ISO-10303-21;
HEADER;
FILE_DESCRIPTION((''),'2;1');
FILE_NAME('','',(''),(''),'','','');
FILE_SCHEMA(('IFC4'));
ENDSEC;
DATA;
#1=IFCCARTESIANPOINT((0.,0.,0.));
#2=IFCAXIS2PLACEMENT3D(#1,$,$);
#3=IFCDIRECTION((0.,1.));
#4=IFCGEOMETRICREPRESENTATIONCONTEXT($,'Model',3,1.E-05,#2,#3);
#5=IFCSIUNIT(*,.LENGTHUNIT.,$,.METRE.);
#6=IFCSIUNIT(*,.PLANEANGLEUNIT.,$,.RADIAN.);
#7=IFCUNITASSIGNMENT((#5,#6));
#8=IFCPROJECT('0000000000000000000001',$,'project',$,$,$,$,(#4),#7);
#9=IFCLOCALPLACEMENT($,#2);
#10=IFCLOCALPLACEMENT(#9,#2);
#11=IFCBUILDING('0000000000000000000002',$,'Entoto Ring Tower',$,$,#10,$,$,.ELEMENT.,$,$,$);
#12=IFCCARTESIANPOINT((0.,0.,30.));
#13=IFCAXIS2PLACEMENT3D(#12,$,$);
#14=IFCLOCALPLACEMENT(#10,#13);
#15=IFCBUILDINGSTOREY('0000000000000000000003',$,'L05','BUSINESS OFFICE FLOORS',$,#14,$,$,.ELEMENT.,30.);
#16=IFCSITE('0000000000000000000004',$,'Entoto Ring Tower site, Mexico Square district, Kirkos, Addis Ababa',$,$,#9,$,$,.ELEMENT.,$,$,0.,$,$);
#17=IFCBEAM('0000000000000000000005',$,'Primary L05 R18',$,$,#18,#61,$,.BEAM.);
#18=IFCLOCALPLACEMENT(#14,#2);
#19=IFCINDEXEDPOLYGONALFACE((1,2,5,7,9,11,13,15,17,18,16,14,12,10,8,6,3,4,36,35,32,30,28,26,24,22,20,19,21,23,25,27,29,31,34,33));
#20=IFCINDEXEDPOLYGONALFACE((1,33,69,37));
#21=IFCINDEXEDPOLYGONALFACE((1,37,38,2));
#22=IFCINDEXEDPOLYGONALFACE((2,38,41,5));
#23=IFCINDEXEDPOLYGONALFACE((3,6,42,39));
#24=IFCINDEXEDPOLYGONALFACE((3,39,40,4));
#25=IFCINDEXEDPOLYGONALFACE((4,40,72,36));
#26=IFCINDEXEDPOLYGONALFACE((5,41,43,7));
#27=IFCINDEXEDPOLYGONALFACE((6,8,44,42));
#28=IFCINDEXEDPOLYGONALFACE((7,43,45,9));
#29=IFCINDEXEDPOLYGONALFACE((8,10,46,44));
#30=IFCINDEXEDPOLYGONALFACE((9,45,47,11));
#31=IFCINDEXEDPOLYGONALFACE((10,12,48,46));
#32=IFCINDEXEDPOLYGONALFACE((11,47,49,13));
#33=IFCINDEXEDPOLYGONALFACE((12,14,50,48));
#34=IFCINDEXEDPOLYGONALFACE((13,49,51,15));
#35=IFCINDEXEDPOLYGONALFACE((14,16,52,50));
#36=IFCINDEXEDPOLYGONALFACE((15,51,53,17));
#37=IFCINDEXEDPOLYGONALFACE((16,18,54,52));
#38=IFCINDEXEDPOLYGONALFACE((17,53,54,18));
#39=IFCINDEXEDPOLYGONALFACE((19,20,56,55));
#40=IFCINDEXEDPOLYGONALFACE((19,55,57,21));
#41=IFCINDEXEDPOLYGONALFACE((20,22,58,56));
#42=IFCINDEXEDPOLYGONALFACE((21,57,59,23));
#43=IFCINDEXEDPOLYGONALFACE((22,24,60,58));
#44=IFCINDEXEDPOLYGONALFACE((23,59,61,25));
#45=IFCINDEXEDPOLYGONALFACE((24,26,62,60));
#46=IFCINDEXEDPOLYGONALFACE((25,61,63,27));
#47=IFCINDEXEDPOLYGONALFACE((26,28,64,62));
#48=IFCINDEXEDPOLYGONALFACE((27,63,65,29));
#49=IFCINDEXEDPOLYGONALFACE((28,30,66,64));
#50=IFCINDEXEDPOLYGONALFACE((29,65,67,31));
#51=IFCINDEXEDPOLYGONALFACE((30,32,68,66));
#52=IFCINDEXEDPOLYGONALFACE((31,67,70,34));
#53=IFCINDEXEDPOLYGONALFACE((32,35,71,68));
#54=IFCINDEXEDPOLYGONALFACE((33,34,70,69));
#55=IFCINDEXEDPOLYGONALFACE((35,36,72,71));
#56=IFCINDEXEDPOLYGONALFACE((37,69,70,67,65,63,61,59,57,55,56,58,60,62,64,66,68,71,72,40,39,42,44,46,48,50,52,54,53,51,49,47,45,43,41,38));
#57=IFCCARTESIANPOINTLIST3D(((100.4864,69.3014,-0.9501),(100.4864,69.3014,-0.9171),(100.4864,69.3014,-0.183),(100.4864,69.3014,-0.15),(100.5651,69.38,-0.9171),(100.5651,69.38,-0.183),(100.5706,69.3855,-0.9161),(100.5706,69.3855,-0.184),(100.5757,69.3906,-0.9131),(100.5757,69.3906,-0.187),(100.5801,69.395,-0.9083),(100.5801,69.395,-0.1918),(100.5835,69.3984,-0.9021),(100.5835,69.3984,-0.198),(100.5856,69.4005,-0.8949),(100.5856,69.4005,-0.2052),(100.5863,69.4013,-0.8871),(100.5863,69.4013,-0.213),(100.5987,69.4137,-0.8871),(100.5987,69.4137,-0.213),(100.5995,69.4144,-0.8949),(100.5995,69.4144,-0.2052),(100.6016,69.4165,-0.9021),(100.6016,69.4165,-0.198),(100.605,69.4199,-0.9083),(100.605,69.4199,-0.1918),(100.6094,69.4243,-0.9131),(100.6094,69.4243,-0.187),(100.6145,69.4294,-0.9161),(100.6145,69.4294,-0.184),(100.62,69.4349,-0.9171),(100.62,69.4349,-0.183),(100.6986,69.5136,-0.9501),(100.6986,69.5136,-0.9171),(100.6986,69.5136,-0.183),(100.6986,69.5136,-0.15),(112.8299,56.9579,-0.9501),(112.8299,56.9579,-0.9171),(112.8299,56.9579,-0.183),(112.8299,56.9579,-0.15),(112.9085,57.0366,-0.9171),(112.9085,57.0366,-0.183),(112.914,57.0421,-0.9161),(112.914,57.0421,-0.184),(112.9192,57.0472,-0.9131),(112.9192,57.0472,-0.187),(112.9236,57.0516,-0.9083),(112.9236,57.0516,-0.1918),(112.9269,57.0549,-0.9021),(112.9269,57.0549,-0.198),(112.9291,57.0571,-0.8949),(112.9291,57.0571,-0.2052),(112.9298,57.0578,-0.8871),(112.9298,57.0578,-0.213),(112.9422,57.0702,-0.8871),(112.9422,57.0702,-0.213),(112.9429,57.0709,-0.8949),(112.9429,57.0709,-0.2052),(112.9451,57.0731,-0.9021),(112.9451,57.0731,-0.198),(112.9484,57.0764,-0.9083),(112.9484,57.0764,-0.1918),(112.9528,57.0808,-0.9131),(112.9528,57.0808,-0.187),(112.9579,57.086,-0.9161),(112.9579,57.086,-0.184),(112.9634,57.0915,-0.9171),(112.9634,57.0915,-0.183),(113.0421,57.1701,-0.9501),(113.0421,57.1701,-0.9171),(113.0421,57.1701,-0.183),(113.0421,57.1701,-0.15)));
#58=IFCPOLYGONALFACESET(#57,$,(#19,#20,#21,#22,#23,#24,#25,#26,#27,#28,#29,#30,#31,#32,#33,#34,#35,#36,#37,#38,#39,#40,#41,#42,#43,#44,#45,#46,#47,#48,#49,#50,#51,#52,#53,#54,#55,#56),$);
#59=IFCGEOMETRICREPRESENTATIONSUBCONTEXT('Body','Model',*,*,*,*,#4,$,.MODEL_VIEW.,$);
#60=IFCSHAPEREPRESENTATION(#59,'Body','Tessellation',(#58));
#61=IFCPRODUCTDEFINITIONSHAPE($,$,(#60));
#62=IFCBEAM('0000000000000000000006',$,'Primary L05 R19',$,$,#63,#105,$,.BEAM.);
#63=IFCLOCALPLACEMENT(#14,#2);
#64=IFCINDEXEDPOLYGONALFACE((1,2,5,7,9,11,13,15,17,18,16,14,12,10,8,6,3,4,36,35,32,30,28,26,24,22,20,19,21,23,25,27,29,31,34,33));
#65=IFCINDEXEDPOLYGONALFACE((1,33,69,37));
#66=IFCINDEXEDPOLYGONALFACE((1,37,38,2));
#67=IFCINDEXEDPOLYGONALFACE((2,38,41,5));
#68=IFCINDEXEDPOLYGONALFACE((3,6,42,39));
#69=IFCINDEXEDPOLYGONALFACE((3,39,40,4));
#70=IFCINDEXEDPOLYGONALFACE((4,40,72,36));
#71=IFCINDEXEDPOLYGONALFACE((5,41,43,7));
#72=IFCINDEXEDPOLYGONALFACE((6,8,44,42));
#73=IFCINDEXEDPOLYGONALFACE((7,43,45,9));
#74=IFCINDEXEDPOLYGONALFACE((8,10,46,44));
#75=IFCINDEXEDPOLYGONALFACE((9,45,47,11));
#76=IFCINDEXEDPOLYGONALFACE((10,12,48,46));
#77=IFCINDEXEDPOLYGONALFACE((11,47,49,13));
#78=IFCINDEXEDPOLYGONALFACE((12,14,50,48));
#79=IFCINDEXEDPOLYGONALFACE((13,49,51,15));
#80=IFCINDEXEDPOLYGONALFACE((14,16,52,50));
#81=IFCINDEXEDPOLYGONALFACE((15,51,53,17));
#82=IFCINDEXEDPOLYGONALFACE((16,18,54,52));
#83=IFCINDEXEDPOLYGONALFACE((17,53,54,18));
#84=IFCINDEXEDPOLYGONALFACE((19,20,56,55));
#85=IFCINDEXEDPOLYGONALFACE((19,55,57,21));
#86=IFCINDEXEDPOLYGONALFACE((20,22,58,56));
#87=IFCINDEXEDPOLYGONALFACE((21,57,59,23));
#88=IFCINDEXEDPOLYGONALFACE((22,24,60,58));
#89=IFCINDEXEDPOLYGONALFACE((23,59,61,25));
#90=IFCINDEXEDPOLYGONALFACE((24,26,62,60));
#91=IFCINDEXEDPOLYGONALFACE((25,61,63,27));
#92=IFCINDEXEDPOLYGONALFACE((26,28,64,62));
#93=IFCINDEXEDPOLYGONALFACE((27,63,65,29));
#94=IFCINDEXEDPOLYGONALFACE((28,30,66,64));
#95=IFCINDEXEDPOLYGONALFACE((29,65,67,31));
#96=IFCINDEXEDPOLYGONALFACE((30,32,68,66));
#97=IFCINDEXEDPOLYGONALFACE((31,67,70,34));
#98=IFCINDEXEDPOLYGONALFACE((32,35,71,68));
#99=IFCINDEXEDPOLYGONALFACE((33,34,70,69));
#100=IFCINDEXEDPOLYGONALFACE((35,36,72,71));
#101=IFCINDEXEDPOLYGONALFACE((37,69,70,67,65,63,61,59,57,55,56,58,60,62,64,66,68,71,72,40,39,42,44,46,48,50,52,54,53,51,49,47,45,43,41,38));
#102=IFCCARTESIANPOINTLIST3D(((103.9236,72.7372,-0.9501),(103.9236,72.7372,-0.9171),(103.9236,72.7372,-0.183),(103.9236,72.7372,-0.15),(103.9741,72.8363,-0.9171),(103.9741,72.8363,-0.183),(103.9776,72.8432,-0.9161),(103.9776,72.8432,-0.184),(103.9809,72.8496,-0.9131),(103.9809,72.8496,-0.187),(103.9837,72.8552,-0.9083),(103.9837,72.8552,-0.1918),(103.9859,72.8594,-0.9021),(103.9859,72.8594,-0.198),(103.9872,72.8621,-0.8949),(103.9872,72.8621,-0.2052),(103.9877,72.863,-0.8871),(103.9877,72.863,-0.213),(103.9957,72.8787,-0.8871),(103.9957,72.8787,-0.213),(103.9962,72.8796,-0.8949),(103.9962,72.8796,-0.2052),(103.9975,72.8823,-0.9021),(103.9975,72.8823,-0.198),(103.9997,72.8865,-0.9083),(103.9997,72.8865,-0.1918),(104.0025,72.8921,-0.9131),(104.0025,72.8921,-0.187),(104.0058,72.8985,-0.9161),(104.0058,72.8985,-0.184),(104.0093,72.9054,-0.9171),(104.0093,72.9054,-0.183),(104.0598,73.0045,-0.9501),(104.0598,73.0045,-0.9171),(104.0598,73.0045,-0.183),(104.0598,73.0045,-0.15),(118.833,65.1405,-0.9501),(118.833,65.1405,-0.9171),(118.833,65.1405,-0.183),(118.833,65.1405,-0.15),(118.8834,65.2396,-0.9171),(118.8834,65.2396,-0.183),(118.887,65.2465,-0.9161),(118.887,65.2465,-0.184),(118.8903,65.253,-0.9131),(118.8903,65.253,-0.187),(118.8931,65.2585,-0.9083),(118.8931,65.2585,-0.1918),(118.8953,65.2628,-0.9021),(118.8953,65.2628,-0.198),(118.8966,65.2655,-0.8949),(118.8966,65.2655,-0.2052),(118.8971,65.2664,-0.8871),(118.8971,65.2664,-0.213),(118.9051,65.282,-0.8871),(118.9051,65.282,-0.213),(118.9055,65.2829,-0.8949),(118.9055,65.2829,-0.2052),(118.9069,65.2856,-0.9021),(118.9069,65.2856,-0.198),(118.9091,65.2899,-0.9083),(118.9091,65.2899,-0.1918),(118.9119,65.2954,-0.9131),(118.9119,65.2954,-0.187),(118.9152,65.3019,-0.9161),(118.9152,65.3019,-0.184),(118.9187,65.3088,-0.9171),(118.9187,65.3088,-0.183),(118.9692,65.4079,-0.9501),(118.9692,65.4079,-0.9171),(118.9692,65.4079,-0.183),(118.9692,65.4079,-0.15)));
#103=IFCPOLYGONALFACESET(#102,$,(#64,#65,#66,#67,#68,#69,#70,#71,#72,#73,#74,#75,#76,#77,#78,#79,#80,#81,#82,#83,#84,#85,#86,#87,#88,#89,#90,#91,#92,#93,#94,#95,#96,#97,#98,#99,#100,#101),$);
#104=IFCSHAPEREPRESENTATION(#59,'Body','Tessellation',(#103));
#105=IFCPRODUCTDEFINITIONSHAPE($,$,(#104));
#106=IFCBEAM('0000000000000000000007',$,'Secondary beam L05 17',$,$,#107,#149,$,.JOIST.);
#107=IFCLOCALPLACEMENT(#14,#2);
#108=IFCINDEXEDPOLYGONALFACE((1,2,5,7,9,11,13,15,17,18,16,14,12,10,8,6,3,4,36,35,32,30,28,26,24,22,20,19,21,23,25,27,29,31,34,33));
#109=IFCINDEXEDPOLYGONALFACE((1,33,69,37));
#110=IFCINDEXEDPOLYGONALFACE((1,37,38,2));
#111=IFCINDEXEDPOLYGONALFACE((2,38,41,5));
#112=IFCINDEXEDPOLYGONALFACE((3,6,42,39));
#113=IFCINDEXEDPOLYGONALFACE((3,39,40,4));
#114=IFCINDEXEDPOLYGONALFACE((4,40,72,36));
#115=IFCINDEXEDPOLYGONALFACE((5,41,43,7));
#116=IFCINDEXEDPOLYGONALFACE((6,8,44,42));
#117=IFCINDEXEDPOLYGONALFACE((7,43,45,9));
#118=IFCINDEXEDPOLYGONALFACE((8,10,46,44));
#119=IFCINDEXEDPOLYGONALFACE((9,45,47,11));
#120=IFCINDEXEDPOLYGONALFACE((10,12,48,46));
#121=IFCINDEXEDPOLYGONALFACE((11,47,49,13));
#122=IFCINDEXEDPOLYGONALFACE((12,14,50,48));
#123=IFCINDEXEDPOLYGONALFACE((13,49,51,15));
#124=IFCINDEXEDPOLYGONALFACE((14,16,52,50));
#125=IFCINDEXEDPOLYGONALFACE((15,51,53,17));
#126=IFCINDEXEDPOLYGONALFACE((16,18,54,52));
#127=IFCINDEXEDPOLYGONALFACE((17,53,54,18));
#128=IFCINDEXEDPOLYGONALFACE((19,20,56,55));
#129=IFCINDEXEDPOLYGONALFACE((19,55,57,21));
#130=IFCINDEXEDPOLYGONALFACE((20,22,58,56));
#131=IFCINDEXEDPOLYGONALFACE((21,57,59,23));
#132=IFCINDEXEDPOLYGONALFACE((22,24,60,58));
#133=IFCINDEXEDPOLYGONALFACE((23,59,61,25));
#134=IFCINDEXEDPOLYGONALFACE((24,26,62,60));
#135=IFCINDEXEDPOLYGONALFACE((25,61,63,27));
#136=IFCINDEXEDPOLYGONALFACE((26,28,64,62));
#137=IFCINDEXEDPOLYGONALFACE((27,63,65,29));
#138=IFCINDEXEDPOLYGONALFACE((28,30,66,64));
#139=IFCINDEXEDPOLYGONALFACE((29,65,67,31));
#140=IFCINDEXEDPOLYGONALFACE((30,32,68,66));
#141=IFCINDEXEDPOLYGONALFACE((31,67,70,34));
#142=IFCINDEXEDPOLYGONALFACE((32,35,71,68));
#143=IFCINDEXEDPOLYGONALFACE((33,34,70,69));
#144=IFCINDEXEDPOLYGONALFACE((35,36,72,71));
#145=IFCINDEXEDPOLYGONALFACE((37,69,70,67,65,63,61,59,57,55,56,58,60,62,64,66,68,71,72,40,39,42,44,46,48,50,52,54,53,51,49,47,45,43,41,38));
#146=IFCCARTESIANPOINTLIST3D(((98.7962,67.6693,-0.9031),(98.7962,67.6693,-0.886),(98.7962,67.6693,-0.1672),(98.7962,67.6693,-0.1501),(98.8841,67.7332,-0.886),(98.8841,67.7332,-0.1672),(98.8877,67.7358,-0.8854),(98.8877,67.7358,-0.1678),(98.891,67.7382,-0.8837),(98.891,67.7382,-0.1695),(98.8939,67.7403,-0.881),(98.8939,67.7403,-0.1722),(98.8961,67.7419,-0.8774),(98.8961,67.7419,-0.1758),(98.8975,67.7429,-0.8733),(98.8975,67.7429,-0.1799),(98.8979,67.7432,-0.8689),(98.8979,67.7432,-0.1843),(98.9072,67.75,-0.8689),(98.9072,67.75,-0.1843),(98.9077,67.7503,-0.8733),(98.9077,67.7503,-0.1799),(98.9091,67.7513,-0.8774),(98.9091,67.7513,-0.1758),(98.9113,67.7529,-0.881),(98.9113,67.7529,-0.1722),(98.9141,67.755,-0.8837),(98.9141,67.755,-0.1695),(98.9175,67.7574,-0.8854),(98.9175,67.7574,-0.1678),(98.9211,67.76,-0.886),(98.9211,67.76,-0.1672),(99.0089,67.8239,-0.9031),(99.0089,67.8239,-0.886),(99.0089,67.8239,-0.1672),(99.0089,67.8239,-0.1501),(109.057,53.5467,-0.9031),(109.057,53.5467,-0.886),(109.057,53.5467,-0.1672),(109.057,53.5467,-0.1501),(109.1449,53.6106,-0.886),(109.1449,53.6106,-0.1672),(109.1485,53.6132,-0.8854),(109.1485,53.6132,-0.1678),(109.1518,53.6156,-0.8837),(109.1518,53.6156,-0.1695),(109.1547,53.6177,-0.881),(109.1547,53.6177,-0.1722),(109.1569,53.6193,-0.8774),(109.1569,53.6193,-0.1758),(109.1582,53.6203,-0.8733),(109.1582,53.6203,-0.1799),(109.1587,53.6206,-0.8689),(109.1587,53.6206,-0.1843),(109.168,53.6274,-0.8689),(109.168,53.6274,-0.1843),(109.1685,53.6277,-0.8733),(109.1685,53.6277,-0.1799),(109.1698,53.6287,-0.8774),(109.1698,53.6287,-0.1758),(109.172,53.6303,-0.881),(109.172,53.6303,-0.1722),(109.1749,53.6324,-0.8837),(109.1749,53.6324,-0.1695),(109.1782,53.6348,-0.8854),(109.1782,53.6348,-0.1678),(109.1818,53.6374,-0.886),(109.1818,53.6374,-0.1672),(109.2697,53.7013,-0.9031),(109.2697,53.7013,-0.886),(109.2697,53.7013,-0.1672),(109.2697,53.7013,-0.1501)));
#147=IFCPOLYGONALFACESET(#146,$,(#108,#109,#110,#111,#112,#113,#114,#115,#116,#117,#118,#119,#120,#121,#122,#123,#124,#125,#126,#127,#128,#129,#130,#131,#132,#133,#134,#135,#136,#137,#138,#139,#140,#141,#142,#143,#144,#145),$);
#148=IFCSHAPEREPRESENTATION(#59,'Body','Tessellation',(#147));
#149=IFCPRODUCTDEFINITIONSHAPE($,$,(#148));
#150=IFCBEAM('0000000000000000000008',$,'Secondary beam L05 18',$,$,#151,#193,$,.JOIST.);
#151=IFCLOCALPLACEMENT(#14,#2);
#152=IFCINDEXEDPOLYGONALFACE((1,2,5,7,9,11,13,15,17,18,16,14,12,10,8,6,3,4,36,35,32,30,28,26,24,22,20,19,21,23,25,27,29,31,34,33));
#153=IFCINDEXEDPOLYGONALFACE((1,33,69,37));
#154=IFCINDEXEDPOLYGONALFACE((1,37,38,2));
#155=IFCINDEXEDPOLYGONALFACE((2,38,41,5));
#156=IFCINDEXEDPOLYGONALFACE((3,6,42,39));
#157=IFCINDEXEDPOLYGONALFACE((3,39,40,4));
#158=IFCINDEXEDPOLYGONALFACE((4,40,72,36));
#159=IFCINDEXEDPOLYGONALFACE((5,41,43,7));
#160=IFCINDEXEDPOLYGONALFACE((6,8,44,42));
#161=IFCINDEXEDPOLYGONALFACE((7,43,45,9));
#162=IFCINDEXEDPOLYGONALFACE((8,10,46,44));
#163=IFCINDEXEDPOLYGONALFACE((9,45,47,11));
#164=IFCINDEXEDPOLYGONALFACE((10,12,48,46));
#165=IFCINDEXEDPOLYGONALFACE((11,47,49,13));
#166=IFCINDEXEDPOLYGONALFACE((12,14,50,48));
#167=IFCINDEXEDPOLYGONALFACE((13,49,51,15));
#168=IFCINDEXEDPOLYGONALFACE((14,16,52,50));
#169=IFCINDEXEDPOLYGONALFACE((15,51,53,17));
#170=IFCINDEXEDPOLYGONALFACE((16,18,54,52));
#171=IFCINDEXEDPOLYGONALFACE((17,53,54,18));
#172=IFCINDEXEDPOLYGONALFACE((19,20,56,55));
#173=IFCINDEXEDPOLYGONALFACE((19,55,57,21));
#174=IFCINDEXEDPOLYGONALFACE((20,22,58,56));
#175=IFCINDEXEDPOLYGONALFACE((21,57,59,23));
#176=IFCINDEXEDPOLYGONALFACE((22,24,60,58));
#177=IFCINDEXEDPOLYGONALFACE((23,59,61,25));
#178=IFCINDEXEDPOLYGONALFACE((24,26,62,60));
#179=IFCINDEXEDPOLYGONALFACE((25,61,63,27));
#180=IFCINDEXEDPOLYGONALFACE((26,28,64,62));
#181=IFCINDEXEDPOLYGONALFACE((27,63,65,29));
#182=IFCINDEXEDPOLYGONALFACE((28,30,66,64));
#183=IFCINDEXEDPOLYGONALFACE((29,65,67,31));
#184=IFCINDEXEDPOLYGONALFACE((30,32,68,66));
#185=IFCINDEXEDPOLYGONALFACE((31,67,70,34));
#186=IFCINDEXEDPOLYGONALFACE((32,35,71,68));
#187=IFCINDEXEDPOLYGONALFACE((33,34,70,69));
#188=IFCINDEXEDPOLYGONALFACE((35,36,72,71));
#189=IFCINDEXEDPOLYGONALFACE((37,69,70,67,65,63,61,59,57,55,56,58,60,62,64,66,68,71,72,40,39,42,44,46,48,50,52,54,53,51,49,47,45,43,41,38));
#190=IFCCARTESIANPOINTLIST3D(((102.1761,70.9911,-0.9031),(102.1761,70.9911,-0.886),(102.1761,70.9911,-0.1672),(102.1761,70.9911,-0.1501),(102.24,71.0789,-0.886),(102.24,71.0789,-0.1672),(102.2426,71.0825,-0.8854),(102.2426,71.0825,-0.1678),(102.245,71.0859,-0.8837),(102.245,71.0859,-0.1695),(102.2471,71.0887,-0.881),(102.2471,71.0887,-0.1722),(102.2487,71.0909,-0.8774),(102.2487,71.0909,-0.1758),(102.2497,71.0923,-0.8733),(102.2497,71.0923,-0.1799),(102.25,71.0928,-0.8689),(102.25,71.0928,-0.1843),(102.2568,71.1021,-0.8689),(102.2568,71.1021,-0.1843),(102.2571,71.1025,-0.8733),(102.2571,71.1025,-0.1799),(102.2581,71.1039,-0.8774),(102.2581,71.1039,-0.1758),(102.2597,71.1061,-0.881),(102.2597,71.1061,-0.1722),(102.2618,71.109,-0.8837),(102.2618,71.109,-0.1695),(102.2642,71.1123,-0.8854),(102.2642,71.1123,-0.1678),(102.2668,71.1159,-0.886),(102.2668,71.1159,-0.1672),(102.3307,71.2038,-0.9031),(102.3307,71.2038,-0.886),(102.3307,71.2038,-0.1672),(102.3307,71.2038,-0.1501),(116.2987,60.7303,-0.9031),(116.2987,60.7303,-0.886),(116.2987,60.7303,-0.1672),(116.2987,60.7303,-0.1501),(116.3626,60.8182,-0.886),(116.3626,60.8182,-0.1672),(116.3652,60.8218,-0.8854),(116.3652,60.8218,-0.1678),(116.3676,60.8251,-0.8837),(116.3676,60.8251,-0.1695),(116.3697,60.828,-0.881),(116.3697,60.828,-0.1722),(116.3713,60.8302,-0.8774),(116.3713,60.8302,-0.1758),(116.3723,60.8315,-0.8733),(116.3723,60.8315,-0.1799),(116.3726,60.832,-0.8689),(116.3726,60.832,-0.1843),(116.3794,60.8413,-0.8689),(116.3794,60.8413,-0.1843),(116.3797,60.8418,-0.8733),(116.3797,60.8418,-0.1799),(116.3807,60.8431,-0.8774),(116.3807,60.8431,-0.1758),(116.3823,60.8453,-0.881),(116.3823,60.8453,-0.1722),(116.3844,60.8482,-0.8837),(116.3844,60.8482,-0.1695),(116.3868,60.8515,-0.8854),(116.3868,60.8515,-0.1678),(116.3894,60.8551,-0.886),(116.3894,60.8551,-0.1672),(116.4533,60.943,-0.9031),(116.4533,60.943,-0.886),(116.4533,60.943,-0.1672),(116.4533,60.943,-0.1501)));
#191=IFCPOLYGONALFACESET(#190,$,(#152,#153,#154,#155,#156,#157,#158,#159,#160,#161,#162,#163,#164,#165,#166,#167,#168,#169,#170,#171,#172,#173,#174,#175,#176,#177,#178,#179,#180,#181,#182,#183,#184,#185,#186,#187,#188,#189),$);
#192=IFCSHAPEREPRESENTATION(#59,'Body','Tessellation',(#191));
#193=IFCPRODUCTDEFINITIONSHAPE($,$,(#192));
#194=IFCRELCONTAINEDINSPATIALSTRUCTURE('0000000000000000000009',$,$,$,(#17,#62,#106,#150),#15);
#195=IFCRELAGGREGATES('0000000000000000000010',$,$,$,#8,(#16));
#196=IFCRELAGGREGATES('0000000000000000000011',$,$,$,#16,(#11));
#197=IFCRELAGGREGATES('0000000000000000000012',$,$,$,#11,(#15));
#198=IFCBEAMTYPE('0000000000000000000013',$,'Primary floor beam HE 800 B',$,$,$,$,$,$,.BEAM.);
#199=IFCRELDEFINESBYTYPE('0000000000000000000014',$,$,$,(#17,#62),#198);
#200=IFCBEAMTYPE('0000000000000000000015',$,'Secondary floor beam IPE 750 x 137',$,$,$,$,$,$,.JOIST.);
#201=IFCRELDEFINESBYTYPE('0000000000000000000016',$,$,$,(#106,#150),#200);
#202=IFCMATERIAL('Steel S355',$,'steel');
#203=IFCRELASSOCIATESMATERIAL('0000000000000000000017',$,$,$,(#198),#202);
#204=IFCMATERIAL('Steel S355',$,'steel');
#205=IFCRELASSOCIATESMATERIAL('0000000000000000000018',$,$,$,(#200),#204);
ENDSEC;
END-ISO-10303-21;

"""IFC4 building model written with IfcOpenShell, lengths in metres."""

from ifc_helpers import new_model, si_unit, direction, frame, origin, origin_2d, place, context, subcontext, project, spatial, i_section, extrude, material, material_profile, profile_set, type_object, element, save


model = new_model("IFC4")

# Units and contexts
model_context = context("Model", 3, precision=1e-05, world=origin(), true_north=direction((0.0, 1.0)))
body_context = subcontext(model_context, "Body", "Model", "MODEL_VIEW")
ifc_project = project(units=[si_unit("LENGTHUNIT", "METRE"), si_unit("PLANEANGLEUNIT", "RADIAN")], contexts=[model_context])

# Site, building, storey
site_placement = place(None, origin())
site = spatial("IfcSite", under=ifc_project, at=site_placement, Name="Entoto Ring Tower site, Mexico Square district, Kirkos, Addis Ababa", CompositionType="ELEMENT", RefElevation=0.0)
building_placement = place(site_placement, origin())
building = spatial("IfcBuilding", under=site, at=building_placement, Name="Entoto Ring Tower", CompositionType="ELEMENT")
storey_placement = place(building_placement, frame((0.0, 0.0, 30.0)))
storey = spatial("IfcBuildingStorey", under=building, at=storey_placement, Name="L05", Description="BUSINESS OFFICE FLOORS", CompositionType="ELEMENT", Elevation=30.0)

# Beams
ifc_material_1 = material(Name="Steel S355", Category="steel")
ifc_material_profile_1 = material_profile(ifc_material_1, i_section(OverallWidth=0.3, OverallDepth=0.8, WebThickness=0.0176, FlangeThickness=0.033, FilletRadius=0.03, at=origin_2d()), Name="HE 800 B")
ifc_profile_set_1 = profile_set([ifc_material_profile_1], Name="Steel S355")
beam_type_1 = type_object("IfcBeamType", Name="Primary floor beam HE 800 B", PredefinedType="BEAM", material=ifc_profile_set_1)
beam_1_placement = place(storey_placement, frame((100.5925, 69.4075, -0.55), z_axis=(0.707107, -0.707107, 0.0), x_axis=(0.707107, 0.707107, 0.0)))
element("IfcBeam", 1, at=beam_1_placement, inside=storey, type_object=beam_type_1, Name="Primary L05 R18", PredefinedType="BEAM", context=body_context, shape_type="SweptSolid", body=[
    extrude(i_section(OverallWidth=0.3, OverallDepth=0.8, WebThickness=0.0176, FlangeThickness=0.033, FilletRadius=0.03, at=origin_2d()), origin(), (0.0, 0.0, 1.0), 17.4563),
])
beam_2_placement = place(storey_placement, frame((103.9917, 72.8708, -0.55), z_axis=(0.891008, -0.453988, 0.0), x_axis=(0.453988, 0.891008, 0.0)))
element("IfcBeam", 2, at=beam_2_placement, inside=storey, type_object=beam_type_1, Name="Primary L05 R19", PredefinedType="BEAM", context=body_context, shape_type="SweptSolid", body=[
    extrude(i_section(OverallWidth=0.3, OverallDepth=0.8, WebThickness=0.0176, FlangeThickness=0.033, FilletRadius=0.03, at=origin_2d()), origin(), (0.0, 0.0, 1.0), 16.7332),
])
ifc_material_2 = material(Name="Steel S355", Category="steel")
ifc_material_profile_2 = material_profile(ifc_material_2, i_section(OverallWidth=0.2629, OverallDepth=0.7529, WebThickness=0.0115, FlangeThickness=0.0171, FilletRadius=0.0171, at=origin_2d()), Name="IPE 750 x 137")
ifc_profile_set_2 = profile_set([ifc_material_profile_2], Name="Steel S355")
beam_type_2 = type_object("IfcBeamType", Name="Secondary floor beam IPE 750 x 137", PredefinedType="JOIST", material=ifc_profile_set_2)
for number, where, z_axis, x_axis, name in (
    (3, (98.9026, 67.7466, -0.5266), (0.587789, -0.809014, 0.0), (0.809014, 0.587789, 0.0), "Secondary beam L05 17"),
    (4, (102.2534, 71.0974, -0.5266), (0.809014, -0.587789, 0.0), (0.587789, 0.809014, 0.0), "Secondary beam L05 18"),
):
    element("IfcBeam", number, at=place(storey_placement, frame(where, z_axis=z_axis, x_axis=x_axis)), inside=storey, type_object=beam_type_2, Name=name, PredefinedType="JOIST", context=body_context, shape_type="SweptSolid", body=[
        extrude(i_section(OverallWidth=0.2629, OverallDepth=0.7529, WebThickness=0.0115, FlangeThickness=0.0171, FilletRadius=0.0171, at=origin_2d()), origin(), (0.0, 0.0, 1.0), 17.4565),
    ])

save(model, "model.ifc")
